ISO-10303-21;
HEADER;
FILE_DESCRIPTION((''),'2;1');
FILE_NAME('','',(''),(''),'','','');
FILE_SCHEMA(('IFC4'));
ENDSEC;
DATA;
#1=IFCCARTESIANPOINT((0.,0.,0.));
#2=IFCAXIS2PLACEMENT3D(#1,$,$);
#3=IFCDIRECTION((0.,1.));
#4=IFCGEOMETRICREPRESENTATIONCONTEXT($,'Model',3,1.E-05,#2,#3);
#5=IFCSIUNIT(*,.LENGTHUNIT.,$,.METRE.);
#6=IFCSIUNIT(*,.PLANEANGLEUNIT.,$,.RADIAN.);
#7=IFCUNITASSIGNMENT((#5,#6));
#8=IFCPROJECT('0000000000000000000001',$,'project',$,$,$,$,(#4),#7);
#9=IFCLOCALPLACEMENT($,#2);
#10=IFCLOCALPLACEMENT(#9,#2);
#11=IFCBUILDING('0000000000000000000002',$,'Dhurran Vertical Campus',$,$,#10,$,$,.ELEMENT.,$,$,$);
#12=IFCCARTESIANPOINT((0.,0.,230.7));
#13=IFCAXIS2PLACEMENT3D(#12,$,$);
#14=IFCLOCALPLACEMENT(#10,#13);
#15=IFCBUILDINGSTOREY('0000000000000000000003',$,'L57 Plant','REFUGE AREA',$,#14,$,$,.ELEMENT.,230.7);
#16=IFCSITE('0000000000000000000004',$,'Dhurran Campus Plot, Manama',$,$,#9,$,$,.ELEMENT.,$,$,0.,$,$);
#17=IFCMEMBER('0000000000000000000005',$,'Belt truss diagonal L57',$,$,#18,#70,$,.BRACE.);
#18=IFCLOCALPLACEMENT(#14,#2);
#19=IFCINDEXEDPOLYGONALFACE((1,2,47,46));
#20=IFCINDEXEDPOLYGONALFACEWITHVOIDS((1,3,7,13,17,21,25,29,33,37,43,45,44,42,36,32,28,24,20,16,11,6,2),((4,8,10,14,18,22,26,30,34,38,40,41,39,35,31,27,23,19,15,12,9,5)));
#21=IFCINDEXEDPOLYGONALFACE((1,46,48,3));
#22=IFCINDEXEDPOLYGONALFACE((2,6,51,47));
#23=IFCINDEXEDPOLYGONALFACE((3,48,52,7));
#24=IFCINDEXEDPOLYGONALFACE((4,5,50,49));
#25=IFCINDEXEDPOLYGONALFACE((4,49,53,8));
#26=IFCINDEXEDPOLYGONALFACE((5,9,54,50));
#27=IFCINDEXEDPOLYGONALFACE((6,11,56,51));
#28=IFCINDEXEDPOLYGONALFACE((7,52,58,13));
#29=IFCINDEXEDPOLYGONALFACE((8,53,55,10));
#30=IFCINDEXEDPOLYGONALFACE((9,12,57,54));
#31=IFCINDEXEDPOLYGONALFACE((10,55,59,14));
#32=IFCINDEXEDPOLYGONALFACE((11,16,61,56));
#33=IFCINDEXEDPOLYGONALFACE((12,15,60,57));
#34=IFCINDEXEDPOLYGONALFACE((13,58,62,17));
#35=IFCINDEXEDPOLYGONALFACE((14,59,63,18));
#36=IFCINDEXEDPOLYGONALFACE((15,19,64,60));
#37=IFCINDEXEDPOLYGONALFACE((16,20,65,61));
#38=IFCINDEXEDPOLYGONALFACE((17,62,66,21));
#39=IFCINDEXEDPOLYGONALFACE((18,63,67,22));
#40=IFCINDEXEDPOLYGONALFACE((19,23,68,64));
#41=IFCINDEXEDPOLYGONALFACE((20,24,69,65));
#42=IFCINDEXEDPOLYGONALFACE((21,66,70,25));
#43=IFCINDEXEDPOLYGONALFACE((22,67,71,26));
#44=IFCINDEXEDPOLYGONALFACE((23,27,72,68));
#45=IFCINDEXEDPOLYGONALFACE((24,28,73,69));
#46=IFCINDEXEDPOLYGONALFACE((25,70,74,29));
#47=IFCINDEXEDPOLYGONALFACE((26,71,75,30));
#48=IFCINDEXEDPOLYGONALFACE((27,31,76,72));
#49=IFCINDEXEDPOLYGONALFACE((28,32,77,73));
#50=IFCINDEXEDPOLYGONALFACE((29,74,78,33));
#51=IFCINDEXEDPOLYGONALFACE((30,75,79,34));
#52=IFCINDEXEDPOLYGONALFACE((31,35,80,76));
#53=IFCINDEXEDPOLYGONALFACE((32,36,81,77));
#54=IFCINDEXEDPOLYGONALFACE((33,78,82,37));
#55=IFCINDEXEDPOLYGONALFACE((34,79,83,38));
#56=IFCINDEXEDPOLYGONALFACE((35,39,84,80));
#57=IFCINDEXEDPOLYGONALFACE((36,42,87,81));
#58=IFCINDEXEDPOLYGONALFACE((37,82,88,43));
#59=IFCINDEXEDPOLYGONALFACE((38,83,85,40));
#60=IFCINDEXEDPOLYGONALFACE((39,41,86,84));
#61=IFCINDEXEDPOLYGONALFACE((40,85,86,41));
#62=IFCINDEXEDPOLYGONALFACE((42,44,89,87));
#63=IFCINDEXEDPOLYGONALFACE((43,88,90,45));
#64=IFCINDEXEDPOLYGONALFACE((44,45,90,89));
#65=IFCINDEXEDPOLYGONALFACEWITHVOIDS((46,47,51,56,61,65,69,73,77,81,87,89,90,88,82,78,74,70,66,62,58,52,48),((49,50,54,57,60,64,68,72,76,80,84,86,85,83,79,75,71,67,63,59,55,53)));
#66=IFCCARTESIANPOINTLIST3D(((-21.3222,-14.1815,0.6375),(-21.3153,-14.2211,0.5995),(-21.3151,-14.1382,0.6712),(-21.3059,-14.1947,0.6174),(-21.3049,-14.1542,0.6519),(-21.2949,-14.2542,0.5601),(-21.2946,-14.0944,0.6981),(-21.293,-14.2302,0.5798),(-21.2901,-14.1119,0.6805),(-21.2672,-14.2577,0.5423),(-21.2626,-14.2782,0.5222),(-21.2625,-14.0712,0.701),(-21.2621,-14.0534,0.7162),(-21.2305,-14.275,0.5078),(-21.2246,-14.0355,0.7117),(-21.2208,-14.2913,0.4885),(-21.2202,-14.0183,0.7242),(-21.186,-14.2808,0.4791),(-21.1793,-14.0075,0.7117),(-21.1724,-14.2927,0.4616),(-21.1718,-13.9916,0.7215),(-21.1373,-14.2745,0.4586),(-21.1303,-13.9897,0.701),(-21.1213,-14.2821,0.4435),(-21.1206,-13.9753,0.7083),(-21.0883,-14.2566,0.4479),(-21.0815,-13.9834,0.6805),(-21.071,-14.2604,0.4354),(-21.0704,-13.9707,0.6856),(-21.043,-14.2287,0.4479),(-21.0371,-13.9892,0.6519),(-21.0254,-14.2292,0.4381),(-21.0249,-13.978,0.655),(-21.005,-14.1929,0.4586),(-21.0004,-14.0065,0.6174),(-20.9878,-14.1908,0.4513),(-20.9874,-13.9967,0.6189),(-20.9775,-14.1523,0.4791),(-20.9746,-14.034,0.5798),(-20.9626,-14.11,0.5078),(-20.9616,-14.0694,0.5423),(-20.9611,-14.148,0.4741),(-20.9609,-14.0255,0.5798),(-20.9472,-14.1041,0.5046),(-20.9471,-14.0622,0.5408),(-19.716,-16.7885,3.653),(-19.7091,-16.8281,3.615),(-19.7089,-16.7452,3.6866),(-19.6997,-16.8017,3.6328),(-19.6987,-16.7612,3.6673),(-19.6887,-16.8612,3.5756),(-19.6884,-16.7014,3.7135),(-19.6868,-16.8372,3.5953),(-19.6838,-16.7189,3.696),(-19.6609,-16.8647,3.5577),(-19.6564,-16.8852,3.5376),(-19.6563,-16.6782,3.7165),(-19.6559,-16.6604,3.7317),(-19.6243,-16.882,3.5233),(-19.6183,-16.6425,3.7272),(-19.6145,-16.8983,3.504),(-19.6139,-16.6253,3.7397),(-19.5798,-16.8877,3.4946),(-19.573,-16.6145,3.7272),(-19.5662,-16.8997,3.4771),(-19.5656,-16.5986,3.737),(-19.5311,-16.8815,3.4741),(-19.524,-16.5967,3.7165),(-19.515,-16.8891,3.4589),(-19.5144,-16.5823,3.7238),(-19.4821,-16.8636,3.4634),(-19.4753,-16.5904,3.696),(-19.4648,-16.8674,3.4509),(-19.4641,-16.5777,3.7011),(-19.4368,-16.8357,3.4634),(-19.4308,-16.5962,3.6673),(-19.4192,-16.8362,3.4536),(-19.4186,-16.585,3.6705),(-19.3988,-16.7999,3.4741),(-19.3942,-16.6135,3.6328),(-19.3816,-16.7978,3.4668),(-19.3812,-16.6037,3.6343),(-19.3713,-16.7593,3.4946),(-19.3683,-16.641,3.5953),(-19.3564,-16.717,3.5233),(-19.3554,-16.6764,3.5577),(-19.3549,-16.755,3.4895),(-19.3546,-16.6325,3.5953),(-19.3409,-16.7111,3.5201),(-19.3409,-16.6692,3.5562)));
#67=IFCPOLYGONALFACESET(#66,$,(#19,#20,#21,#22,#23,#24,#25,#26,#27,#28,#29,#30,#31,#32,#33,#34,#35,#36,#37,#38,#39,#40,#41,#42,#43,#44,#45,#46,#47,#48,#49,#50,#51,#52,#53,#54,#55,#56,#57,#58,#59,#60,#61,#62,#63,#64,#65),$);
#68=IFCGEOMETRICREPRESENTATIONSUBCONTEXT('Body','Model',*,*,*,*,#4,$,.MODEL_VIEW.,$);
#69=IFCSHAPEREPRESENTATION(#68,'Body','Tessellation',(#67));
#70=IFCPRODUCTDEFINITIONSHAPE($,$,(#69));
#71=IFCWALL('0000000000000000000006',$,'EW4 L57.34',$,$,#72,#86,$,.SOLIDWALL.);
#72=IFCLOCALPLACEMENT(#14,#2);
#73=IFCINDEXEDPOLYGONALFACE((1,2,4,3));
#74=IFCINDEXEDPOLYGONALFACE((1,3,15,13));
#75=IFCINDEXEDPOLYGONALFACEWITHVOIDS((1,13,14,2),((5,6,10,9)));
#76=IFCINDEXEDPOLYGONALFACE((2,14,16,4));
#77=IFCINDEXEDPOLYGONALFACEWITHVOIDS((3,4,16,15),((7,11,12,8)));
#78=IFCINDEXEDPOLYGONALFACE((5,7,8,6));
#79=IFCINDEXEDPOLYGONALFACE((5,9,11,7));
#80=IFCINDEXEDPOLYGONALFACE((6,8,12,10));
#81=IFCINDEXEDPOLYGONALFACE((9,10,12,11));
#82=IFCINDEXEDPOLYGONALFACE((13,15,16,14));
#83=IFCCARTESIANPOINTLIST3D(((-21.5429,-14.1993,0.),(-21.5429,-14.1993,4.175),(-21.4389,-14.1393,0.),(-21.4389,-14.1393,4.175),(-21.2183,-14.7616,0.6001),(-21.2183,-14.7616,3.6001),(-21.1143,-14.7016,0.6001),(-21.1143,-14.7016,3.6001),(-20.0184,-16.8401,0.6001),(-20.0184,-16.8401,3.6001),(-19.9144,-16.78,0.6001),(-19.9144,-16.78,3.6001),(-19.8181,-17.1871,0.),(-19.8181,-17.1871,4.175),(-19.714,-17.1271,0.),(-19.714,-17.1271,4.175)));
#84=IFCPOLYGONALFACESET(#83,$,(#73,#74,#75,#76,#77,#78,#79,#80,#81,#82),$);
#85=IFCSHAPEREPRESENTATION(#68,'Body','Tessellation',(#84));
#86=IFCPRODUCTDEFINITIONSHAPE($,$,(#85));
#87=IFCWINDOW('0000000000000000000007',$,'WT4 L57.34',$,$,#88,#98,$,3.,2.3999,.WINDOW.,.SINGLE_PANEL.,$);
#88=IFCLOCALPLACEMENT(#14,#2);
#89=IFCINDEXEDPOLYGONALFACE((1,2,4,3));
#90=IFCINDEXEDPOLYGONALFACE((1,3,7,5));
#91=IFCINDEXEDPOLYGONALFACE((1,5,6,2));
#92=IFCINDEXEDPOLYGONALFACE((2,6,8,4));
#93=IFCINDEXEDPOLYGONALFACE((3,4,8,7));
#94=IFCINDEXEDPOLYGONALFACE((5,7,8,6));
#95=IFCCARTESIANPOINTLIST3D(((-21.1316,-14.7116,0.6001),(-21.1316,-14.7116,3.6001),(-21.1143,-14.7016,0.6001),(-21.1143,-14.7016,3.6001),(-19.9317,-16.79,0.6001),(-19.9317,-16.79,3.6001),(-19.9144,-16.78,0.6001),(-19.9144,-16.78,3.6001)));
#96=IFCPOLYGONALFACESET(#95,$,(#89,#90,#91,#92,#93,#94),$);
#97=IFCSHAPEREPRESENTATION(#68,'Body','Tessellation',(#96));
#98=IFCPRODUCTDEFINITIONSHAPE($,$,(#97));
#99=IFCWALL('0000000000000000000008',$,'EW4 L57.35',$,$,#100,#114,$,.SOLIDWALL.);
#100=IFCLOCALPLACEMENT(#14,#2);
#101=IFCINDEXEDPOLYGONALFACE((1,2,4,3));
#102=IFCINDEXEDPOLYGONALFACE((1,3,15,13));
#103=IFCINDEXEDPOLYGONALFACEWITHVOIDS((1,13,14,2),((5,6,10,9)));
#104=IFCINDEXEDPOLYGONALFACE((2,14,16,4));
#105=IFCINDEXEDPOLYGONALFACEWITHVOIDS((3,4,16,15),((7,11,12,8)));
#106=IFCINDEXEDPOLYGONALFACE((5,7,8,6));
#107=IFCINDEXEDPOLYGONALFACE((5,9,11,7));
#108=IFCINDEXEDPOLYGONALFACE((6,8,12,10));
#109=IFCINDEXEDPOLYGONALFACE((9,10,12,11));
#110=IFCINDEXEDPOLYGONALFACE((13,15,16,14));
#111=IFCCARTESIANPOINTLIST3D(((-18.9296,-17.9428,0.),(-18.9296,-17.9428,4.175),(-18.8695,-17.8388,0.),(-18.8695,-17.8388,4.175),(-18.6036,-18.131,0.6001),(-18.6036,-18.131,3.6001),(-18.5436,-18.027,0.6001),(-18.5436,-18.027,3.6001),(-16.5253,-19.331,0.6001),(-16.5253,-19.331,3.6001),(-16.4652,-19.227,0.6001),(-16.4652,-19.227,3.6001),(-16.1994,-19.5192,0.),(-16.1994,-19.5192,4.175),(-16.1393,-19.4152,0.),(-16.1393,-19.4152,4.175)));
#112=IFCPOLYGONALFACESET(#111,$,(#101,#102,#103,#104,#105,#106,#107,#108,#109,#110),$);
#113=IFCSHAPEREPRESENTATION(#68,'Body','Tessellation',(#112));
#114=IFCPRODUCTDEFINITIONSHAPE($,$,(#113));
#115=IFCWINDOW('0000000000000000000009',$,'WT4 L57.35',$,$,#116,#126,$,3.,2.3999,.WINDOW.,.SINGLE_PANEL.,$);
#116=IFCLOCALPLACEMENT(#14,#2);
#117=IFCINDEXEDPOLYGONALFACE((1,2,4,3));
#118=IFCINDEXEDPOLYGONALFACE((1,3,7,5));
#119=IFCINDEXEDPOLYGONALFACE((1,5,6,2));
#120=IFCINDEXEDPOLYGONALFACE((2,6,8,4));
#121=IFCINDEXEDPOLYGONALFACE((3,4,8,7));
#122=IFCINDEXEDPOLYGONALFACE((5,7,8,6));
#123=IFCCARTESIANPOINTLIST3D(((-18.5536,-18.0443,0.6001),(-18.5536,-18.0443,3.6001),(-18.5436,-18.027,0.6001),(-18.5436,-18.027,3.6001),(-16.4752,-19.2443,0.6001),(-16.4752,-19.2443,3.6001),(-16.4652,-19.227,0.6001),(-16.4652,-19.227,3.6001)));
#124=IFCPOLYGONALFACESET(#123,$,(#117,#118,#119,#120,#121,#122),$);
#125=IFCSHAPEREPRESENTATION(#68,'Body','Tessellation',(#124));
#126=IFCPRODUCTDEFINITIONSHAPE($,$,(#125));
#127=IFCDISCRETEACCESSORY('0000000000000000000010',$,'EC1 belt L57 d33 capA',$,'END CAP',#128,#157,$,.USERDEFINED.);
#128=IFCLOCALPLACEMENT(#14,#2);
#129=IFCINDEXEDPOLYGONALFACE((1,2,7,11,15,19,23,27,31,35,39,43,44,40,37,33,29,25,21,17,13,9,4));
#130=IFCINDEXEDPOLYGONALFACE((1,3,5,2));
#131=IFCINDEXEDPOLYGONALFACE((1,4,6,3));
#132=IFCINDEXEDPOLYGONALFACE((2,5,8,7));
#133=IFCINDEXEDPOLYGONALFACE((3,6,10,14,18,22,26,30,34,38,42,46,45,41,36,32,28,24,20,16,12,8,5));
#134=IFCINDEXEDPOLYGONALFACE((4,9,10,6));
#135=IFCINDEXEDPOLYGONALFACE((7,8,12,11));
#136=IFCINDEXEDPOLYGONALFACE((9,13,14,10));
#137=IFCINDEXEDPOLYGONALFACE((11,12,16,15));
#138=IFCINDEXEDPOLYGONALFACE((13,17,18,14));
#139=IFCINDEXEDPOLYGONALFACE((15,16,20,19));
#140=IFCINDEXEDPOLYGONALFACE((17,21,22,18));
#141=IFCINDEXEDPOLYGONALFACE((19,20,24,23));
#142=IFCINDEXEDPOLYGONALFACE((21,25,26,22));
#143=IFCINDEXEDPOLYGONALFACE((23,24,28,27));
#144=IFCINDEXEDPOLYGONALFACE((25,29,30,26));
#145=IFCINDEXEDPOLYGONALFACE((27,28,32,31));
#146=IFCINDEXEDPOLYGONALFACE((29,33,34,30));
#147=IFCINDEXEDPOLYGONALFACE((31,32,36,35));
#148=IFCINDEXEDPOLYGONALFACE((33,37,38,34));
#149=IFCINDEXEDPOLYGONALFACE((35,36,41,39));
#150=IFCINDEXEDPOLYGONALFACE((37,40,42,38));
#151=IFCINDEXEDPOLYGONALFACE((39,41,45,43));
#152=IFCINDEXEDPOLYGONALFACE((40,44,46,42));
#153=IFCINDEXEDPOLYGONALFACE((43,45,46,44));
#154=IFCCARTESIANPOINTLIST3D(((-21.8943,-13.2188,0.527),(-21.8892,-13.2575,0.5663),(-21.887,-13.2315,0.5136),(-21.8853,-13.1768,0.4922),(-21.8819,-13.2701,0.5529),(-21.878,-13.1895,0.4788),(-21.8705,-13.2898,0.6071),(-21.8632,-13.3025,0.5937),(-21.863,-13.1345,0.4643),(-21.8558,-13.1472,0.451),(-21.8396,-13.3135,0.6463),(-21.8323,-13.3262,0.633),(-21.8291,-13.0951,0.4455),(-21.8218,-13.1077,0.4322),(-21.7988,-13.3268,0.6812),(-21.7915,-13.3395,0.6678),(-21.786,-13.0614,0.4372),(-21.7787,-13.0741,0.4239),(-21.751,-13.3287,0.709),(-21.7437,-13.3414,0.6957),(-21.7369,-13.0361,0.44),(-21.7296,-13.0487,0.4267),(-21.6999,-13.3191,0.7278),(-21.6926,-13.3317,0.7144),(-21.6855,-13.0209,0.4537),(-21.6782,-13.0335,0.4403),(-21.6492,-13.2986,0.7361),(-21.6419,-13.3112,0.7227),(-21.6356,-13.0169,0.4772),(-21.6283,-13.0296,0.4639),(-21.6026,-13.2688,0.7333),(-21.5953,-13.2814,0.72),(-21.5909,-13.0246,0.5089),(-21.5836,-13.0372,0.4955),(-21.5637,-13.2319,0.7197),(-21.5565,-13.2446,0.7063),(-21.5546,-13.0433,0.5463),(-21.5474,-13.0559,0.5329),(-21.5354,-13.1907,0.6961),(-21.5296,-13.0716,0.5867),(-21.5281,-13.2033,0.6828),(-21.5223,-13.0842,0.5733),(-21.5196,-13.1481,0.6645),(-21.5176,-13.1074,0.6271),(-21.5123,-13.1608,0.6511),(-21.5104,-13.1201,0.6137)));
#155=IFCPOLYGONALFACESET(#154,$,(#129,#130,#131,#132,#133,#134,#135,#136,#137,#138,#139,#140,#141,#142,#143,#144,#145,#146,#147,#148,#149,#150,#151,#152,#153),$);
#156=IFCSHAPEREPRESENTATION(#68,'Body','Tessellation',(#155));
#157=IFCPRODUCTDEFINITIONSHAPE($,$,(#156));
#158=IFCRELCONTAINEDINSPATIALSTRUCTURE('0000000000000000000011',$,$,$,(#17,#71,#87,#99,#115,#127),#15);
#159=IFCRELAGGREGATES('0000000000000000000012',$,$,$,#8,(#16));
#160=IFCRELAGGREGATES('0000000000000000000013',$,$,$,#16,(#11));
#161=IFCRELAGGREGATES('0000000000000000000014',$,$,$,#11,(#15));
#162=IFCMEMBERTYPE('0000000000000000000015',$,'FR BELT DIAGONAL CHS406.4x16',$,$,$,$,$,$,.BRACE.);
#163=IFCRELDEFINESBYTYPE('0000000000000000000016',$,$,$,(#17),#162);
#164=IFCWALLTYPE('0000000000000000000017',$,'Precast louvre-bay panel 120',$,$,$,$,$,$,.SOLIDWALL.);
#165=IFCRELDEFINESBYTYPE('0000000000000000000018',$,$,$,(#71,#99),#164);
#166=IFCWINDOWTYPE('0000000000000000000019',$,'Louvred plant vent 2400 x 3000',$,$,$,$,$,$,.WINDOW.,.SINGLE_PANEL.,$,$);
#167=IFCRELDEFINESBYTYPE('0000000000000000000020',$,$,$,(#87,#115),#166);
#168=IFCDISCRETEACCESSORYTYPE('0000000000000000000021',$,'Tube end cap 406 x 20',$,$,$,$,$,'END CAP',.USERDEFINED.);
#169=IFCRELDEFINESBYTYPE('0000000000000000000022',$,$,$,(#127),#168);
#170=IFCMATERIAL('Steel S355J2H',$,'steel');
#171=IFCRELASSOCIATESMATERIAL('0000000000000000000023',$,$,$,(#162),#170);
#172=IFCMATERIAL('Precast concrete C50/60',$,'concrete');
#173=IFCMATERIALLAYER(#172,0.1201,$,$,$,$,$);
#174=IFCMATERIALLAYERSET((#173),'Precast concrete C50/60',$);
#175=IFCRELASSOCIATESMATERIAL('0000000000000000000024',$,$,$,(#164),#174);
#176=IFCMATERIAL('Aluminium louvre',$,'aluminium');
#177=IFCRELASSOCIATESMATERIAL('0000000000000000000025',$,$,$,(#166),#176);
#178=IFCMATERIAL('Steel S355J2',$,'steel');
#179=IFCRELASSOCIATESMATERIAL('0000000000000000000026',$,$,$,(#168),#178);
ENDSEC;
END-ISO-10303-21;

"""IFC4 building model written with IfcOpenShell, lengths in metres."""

from ifc_helpers import new_model, si_unit, direction, frame, frame_2d, origin, origin_2d, place, context, subcontext, project, spatial, rectangle, circle, hollow_circle, extrude, material, layer, layer_set, material_profile, profile_set, type_object, element, fill, save


model = new_model("IFC4")

# Units and contexts
model_context = context("Model", 3, precision=1e-05, world=origin(), true_north=direction((0.0, 1.0)))
body_context = subcontext(model_context, "Body", "Model", "MODEL_VIEW")
ifc_project = project(units=[si_unit("LENGTHUNIT", "METRE"), si_unit("PLANEANGLEUNIT", "RADIAN")], contexts=[model_context])

# Site, building, storey
site_placement = place(None, origin())
site = spatial("IfcSite", under=ifc_project, at=site_placement, Name="Dhurran Campus Plot, Manama", CompositionType="ELEMENT", RefElevation=0.0)
building_placement = place(site_placement, origin())
building = spatial("IfcBuilding", under=site, at=building_placement, Name="Dhurran Vertical Campus", CompositionType="ELEMENT")
storey_placement = place(building_placement, frame((0.0, 0.0, 230.7)))
storey = spatial("IfcBuildingStorey", under=building, at=storey_placement, Name="L57 Plant", Description="REFUGE AREA", CompositionType="ELEMENT", Elevation=230.7)

# Member
ifc_material_1 = material(Name="Steel S355J2H", Category="steel")
ifc_material_profile_1 = material_profile(ifc_material_1, hollow_circle(Radius=0.2031, WallThickness=0.0161, at=origin_2d()), Name="CHS406.4x16")
ifc_profile_set_1 = profile_set([ifc_material_profile_1], Name="Steel S355J2H")
member_type = type_object("IfcMemberType", Name="FR BELT DIAGONAL CHS406.4x16", PredefinedType="BRACE", material=ifc_profile_set_1)
member_1_placement = place(storey_placement, frame((-21.1338, -14.1321, 0.5798), z_axis=(0.373752, -0.606616, 0.701659), x_axis=(0.851376, 0.524556, 0.0)))
element("IfcMember", 1, at=member_1_placement, inside=storey, type_object=member_type, Name="Belt truss diagonal L57", PredefinedType="BRACE", context=body_context, shape_type="SweptSolid", body=[
    extrude(hollow_circle(Radius=0.2031, WallThickness=0.0161, at=origin_2d()), origin(), (0.0, 0.0, 1.0), 4.2976),
])

# Walls, openings, windows
ifc_material_2 = material(Name="Precast concrete C50/60", Category="concrete")
ifc_layer = layer(ifc_material_2, 0.1201)
ifc_layer_set = layer_set([ifc_layer], Name="Precast concrete C50/60")
wall_type = type_object("IfcWallType", Name="Precast louvre-bay panel 120", PredefinedType="SOLIDWALL", material=ifc_layer_set)
wall_1_placement = place(storey_placement, frame((-21.491, -14.1692, 0.0), z_axis=(0.0, 0.0, 1.0), x_axis=(0.499967, -0.866044, 0.0)))
wall_1 = element("IfcWall", 2, at=wall_1_placement, inside=storey, type_object=wall_type, Name="EW4 L57.34", PredefinedType="SOLIDWALL", context=body_context, shape_type="SweptSolid", body=[
    extrude(rectangle(XDim=3.45, YDim=0.1201, at=frame_2d((1.7251, 0.0))), origin(), (0.0, 0.0, 1.0), 4.175),
])
opening_1_placement = place(wall_1_placement, frame((0.6494, 0.0, 0.6001)))
opening_1 = element("IfcOpeningElement", 3, at=opening_1_placement, cuts=wall_1, PredefinedType="OPENING", context=body_context, shape_type="SweptSolid", body=[
    extrude(rectangle(XDim=2.3999, YDim=3.0, at=frame_2d((1.2, 1.5))), frame((0.0, 0.0701, 0.0), z_axis=(0.0, -1.0, 0.0), x_axis=(1.0, 0.0, 0.0)), (0.0, 0.0, 1.0), 0.1401),
])
ifc_material_3 = material(Name="Aluminium louvre", Category="aluminium")
window_type = type_object("IfcWindowType", Name="Louvred plant vent 2400 x 3000", PartitioningType="SINGLE_PANEL", PredefinedType="WINDOW", material=ifc_material_3)
window_1_placement = place(opening_1_placement, origin())
window_1 = element("IfcWindow", 4, at=window_1_placement, inside=storey, type_object=window_type, Name="WT4 L57.34", OverallHeight=3.0, OverallWidth=2.3999, PartitioningType="SINGLE_PANEL", PredefinedType="WINDOW", context=body_context, shape_type="SweptSolid", body=[
    extrude(rectangle(XDim=2.3999, YDim=3.0, at=frame_2d((1.2, 1.5))), frame((0.0, 0.0601, 0.0), z_axis=(0.0, -1.0, 0.0), x_axis=(1.0, 0.0, 0.0)), (0.0, 0.0, 1.0), 0.02),
])
fill(opening_1, window_1)
wall_2_placement = place(storey_placement, frame((-18.8994, -17.8909, 0.0), z_axis=(0.0, 0.0, 1.0), x_axis=(0.866009, -0.500029, 0.0)))
wall_2 = element("IfcWall", 5, at=wall_2_placement, inside=storey, type_object=wall_type, Name="EW4 L57.35", PredefinedType="SOLIDWALL", context=body_context, shape_type="SweptSolid", body=[
    extrude(rectangle(XDim=3.1526, YDim=0.1201, at=frame_2d((1.5762, 0.0))), origin(), (0.0, 0.0, 1.0), 4.175),
])
opening_2_placement = place(wall_2_placement, frame((0.3762, 0.0, 0.6001)))
opening_2 = element("IfcOpeningElement", 6, at=opening_2_placement, cuts=wall_2, PredefinedType="OPENING", context=body_context, shape_type="SweptSolid", body=[
    extrude(rectangle(XDim=2.3999, YDim=3.0, at=frame_2d((1.2, 1.5))), frame((0.0, 0.0701, 0.0), z_axis=(0.0, -1.0, 0.0), x_axis=(1.0, 0.0, 0.0)), (0.0, 0.0, 1.0), 0.1401),
])
window_2_placement = place(opening_2_placement, origin())
window_2 = element("IfcWindow", 7, at=window_2_placement, inside=storey, type_object=window_type, Name="WT4 L57.35", OverallHeight=3.0, OverallWidth=2.3999, PartitioningType="SINGLE_PANEL", PredefinedType="WINDOW", context=body_context, shape_type="SweptSolid", body=[
    extrude(rectangle(XDim=2.3999, YDim=3.0, at=frame_2d((1.2, 1.5))), frame((0.0, 0.0601, 0.0), z_axis=(0.0, -1.0, 0.0), x_axis=(1.0, 0.0, 0.0)), (0.0, 0.0, 1.0), 0.02),
])
fill(opening_2, window_2)

# Discrete accessory
ifc_material_4 = material(Name="Steel S355J2", Category="steel")
ifc_material_profile_2 = material_profile(ifc_material_4, circle(Radius=0.2031, at=origin_2d()), Name="Tube end cap 406 x 20")
ifc_profile_set_2 = profile_set([ifc_material_profile_2], Name="Steel S355J2")
discrete_accessory_type = type_object("IfcDiscreteAccessoryType", Name="Tube end cap 406 x 20", ElementType="END CAP", PredefinedType="USERDEFINED", material=ifc_profile_set_2)
discrete_accessory_placement = place(storey_placement, frame((-21.7056, -13.1731, 0.5867), z_axis=(0.368466, -0.638674, -0.675521), x_axis=(0.866186, 0.499722, 0.0)))
element("IfcDiscreteAccessory", 8, at=discrete_accessory_placement, inside=storey, type_object=discrete_accessory_type, Name="EC1 belt L57 d33 capA", ObjectType="END CAP", PredefinedType="USERDEFINED", context=body_context, shape_type="SweptSolid", body=[
    extrude(circle(Radius=0.2031, at=origin_2d()), origin(), (0.0, 0.0, 1.0), 0.0198),
])

save(model, "model.ifc")
